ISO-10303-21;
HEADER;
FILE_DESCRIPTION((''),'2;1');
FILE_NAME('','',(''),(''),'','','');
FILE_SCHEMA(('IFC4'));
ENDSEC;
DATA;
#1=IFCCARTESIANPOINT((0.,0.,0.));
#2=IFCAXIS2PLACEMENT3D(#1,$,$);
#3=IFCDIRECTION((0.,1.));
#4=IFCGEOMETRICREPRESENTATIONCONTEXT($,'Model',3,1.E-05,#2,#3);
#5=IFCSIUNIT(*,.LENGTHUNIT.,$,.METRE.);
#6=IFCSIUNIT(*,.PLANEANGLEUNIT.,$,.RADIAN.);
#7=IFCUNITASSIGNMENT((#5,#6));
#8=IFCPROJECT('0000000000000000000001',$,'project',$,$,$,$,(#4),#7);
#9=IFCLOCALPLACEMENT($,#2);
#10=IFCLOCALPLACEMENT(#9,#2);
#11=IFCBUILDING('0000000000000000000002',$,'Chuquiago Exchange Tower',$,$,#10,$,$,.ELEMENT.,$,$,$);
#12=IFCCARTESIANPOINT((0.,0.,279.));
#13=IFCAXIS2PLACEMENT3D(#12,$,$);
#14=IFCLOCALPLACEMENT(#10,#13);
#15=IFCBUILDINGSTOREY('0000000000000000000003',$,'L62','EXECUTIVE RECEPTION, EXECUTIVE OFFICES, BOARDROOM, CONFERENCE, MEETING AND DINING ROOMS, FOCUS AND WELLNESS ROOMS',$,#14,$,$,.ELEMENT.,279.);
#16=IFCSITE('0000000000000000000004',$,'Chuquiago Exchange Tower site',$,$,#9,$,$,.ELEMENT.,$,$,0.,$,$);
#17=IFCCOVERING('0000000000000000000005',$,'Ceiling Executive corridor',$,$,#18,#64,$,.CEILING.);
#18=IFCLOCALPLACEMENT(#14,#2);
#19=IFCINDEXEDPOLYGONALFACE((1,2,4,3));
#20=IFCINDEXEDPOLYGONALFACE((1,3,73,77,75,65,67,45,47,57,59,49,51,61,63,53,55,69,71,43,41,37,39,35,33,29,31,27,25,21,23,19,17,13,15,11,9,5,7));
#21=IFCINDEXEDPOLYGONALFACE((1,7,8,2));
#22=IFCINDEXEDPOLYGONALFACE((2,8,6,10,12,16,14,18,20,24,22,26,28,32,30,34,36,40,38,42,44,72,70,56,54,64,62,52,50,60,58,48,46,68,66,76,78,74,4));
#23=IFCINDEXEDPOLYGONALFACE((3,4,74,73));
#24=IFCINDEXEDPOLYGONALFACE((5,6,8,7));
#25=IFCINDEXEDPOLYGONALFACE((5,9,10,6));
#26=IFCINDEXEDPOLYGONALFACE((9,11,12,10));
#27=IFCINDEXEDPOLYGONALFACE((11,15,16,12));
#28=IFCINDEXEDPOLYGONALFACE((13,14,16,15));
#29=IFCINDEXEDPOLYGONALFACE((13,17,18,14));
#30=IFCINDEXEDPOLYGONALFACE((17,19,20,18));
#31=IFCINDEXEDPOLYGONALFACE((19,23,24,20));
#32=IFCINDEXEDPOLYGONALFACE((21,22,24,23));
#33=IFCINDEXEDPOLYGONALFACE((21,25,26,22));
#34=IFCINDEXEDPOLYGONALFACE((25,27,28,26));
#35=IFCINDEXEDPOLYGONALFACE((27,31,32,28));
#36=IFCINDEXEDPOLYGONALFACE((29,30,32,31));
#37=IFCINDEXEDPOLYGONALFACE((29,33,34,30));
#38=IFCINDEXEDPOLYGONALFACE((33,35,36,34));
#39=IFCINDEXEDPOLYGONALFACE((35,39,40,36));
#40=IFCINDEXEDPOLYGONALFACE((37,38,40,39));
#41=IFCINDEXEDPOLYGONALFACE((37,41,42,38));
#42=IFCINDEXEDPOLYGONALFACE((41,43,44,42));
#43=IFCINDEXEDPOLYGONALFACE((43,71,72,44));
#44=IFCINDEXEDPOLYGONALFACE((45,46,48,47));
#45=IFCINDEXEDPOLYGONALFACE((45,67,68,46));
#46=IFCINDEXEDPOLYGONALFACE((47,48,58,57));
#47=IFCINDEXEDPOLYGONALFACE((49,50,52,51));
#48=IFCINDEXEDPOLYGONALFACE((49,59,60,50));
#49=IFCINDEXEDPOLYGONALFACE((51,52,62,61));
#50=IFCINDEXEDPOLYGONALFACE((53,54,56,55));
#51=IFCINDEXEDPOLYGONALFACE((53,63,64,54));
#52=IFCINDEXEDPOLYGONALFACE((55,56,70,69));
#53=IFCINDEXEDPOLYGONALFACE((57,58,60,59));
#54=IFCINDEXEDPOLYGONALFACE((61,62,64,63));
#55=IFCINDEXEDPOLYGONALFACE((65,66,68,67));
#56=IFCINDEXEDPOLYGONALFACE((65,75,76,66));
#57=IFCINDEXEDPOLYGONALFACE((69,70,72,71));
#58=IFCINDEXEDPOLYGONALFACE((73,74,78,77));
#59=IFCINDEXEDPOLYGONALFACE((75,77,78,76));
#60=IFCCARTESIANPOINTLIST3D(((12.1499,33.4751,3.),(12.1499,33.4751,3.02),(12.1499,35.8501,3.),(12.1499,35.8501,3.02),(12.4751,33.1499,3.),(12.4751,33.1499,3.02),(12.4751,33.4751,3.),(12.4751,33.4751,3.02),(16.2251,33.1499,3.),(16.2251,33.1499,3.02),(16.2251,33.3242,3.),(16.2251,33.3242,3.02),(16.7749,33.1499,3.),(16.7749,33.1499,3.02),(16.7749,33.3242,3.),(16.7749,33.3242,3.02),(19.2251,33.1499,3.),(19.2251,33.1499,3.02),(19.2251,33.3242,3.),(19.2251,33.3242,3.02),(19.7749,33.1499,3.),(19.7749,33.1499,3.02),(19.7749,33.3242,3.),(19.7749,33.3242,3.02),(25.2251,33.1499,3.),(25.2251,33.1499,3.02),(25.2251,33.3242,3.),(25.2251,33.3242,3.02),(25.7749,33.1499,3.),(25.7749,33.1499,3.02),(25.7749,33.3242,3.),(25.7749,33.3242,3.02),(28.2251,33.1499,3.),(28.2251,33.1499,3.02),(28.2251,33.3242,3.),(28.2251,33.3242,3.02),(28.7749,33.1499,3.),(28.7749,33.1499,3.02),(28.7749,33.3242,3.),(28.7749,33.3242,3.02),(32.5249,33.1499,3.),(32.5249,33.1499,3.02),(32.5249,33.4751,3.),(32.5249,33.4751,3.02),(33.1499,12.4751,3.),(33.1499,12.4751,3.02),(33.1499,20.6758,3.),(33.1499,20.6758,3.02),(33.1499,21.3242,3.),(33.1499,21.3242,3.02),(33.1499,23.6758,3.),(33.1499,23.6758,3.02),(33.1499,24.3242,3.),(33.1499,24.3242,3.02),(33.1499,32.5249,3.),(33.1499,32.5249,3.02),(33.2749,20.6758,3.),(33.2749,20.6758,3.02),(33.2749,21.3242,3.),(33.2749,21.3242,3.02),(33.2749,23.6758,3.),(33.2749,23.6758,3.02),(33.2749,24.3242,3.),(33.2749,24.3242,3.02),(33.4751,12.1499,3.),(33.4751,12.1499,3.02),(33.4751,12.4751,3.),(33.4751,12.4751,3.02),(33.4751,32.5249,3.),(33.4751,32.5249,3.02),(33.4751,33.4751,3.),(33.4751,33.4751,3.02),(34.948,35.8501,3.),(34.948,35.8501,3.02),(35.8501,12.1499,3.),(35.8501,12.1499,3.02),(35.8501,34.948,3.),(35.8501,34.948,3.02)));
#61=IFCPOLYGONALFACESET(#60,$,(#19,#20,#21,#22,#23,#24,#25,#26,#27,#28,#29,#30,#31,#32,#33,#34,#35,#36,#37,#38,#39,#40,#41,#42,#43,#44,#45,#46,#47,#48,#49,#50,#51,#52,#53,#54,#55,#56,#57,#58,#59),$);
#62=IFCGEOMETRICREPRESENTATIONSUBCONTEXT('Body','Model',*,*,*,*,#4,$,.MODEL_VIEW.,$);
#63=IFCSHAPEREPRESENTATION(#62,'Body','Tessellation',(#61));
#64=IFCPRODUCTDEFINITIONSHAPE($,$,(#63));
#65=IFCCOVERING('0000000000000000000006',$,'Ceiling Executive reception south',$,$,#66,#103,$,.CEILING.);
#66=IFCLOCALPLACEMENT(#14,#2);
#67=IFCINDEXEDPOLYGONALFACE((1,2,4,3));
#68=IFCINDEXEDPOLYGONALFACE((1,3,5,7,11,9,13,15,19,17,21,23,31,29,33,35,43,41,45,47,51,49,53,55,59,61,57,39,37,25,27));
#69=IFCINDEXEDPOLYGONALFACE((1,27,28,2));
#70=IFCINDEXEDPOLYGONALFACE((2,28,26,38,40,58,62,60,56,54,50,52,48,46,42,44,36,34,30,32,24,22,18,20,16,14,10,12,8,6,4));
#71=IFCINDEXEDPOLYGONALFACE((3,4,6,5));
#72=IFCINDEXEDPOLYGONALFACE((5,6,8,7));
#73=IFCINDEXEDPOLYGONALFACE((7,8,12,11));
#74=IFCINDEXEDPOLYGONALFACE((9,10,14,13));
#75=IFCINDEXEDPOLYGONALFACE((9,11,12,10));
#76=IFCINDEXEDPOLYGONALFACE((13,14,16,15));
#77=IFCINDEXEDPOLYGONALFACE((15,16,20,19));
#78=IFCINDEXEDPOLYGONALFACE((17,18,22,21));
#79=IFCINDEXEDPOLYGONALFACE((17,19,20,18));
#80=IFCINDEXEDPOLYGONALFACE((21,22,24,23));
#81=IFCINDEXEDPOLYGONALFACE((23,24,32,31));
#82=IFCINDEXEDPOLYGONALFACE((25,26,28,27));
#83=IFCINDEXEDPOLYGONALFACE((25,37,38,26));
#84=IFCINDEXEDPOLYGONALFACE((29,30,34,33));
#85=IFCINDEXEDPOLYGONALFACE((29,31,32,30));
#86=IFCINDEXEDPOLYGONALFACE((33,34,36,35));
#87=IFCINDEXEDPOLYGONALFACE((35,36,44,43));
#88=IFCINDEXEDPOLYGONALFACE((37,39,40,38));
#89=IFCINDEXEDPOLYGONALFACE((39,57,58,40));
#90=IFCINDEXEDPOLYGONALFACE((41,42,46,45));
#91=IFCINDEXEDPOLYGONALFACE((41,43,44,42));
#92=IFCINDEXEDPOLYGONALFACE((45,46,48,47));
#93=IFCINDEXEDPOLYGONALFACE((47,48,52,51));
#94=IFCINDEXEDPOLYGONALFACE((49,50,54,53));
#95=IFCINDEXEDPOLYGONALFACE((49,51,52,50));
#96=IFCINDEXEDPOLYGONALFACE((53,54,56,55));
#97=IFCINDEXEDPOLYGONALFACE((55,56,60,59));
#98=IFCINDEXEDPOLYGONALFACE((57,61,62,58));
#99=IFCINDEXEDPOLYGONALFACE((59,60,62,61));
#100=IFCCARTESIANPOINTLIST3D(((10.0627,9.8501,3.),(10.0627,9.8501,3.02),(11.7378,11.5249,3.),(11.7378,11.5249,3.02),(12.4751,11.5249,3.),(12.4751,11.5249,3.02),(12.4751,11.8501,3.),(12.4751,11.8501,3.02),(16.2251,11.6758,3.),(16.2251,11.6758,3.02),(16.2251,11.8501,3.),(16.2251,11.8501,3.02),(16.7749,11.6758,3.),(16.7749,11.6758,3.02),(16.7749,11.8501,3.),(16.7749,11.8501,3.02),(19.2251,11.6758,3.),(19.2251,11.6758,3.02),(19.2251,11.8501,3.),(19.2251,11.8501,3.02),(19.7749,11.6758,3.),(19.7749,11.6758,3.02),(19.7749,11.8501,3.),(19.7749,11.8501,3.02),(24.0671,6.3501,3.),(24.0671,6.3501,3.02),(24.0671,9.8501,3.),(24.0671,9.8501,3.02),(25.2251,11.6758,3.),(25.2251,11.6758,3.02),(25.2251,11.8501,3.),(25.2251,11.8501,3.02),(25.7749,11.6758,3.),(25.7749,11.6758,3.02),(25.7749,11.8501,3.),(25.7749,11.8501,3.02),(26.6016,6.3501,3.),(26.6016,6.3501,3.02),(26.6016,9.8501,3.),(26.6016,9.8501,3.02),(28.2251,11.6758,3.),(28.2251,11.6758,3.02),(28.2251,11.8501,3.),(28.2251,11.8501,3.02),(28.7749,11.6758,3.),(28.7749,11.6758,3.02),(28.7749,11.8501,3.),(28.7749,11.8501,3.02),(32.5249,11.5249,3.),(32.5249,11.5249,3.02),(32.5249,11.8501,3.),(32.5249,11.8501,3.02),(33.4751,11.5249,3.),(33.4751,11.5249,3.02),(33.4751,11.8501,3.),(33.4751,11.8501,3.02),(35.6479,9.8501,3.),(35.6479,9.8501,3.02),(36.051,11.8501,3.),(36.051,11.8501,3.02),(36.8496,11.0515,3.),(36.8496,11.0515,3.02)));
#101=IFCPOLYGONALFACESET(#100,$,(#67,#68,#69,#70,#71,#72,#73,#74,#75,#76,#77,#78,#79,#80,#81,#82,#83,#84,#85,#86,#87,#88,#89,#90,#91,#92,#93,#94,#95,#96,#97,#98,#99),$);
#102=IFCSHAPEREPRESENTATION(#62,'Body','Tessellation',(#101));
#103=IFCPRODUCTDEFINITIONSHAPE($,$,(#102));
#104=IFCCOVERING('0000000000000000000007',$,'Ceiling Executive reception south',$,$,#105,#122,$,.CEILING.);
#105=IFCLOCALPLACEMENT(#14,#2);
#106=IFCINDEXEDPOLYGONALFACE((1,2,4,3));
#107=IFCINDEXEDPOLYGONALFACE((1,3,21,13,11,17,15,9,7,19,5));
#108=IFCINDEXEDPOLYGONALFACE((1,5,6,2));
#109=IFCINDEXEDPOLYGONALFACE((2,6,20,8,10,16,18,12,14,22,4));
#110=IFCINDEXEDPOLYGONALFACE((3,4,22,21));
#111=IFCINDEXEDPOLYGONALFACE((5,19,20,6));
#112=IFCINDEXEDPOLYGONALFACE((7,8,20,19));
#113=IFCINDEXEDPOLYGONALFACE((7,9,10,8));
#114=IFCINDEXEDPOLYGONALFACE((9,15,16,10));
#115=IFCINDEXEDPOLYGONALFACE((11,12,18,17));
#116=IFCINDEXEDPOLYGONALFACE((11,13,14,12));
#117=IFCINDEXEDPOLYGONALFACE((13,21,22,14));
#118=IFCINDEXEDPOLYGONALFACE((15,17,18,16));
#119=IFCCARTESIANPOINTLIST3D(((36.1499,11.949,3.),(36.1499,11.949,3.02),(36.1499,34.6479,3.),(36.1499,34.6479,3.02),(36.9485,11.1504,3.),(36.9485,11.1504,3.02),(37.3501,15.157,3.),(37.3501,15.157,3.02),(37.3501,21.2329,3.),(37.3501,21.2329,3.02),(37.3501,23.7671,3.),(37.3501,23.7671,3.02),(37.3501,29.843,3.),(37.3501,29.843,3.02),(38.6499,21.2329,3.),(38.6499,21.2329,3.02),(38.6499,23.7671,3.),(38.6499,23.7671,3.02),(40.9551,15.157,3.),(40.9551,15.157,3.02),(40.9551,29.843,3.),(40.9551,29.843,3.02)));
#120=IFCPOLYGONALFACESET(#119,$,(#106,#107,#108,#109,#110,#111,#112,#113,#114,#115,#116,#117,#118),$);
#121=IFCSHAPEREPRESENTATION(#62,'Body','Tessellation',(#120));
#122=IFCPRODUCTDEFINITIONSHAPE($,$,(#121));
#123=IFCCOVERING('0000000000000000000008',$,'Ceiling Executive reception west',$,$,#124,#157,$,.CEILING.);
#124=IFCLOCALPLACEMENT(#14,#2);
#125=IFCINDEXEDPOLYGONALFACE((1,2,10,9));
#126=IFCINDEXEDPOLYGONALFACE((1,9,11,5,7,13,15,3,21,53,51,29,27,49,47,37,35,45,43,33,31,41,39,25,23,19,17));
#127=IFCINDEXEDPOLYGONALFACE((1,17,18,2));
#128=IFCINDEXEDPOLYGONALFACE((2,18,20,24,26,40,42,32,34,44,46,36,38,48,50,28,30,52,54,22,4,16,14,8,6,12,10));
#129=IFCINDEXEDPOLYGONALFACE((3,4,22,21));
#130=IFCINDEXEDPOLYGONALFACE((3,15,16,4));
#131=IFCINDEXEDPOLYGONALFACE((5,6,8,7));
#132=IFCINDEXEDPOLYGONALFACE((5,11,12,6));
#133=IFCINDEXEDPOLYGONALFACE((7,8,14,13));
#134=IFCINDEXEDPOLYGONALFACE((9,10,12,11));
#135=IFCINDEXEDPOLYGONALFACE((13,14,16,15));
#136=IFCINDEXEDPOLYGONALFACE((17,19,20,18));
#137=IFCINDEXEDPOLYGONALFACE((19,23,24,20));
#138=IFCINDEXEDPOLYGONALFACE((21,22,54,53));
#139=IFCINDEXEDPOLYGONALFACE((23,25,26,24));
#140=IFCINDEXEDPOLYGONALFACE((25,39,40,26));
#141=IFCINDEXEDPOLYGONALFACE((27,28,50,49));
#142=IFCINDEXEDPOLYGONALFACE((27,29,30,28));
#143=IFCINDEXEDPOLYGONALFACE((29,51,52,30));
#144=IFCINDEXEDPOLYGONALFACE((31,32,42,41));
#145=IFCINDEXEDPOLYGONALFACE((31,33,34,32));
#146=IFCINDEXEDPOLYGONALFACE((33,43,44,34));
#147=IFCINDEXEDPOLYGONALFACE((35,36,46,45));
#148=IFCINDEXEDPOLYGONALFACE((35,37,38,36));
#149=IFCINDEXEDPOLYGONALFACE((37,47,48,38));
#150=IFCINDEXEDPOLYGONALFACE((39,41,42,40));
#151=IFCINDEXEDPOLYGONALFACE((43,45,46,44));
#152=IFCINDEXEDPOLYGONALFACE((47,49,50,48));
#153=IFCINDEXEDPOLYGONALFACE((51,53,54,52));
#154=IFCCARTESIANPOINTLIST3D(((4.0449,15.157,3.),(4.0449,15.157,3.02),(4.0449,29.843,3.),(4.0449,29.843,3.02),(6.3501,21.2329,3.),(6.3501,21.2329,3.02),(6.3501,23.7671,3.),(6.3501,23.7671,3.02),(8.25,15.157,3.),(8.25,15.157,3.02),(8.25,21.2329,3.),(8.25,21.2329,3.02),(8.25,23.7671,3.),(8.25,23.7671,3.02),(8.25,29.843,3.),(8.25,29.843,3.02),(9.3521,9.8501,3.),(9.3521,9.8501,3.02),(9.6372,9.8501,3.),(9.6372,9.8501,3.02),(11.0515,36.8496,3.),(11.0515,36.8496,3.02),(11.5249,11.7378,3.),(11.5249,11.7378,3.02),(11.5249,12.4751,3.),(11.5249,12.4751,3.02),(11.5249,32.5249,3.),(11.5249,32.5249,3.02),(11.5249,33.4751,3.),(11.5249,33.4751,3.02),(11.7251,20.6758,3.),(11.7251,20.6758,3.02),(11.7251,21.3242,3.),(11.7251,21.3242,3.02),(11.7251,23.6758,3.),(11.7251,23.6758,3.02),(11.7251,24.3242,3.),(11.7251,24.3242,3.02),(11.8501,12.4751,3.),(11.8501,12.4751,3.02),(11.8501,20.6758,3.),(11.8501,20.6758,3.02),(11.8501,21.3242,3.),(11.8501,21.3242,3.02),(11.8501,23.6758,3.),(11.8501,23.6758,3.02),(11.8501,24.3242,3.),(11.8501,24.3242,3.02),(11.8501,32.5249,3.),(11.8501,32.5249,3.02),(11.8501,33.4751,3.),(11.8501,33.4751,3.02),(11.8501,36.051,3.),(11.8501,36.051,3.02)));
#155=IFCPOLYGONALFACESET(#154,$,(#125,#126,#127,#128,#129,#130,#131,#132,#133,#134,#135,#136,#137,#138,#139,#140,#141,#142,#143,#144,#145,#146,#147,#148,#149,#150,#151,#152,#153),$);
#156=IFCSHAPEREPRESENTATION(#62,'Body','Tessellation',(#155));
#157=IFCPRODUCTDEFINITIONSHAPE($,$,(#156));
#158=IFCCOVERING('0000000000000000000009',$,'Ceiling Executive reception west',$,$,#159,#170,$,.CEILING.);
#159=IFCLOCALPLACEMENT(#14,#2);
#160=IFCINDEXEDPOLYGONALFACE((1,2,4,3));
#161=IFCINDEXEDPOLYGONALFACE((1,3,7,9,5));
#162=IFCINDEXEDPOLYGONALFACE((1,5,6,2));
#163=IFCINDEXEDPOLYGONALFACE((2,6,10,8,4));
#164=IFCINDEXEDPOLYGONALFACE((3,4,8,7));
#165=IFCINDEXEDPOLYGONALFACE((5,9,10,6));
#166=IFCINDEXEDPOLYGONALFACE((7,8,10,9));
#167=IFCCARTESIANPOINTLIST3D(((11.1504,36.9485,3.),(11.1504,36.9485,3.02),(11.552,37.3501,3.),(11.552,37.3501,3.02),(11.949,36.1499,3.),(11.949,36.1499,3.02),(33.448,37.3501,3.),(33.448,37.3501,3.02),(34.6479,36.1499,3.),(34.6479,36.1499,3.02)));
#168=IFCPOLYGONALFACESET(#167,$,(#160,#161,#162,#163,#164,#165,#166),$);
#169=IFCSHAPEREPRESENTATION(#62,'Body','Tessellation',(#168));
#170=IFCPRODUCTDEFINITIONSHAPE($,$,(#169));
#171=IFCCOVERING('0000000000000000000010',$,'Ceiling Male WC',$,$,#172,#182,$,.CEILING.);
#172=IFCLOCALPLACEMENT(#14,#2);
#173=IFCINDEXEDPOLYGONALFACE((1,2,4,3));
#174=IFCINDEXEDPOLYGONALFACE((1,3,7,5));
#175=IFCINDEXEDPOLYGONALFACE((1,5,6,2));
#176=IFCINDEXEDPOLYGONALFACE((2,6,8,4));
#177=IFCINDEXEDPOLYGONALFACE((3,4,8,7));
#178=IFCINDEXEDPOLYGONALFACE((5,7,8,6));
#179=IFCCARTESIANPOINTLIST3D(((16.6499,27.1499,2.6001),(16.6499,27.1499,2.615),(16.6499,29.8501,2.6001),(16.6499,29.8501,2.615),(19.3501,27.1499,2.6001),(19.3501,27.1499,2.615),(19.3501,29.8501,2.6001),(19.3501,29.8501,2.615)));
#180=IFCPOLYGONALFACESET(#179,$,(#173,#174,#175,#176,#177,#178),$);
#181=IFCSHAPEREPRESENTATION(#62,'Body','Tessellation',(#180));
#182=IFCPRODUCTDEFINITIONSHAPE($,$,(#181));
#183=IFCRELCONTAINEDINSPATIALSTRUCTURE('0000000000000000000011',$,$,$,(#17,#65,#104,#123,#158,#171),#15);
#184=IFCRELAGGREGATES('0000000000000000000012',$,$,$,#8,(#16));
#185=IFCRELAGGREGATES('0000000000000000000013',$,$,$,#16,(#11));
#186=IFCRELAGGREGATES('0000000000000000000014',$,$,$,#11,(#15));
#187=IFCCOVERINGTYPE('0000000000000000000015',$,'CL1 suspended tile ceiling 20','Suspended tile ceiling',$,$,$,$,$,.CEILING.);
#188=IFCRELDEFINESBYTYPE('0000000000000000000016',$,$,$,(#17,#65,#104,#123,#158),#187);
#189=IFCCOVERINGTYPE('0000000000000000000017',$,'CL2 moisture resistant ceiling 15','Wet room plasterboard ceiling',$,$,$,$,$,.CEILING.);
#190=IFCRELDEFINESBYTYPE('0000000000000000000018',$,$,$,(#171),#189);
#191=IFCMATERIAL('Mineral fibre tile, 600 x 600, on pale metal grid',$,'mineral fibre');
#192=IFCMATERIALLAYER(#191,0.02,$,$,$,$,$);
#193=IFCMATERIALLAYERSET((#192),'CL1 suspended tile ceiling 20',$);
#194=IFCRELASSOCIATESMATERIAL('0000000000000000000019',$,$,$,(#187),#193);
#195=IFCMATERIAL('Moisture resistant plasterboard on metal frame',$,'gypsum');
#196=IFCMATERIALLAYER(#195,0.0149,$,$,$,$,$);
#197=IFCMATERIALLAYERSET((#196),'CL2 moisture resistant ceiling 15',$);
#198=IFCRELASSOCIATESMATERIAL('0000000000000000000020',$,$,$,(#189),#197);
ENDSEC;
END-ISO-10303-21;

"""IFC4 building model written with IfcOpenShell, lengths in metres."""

from ifc_helpers import new_model, si_unit, direction, frame, origin, place, context, subcontext, project, spatial, polyline, outline, extrude, material, layer, layer_set, type_object, element, save


model = new_model("IFC4")

# Units and contexts
model_context = context("Model", 3, precision=1e-05, world=origin(), true_north=direction((0.0, 1.0)))
body_context = subcontext(model_context, "Body", "Model", "MODEL_VIEW")
ifc_project = project(units=[si_unit("LENGTHUNIT", "METRE"), si_unit("PLANEANGLEUNIT", "RADIAN")], contexts=[model_context])

# Site, building, storey
site_placement = place(None, origin())
site = spatial("IfcSite", under=ifc_project, at=site_placement, Name="Chuquiago Exchange Tower site", CompositionType="ELEMENT", RefElevation=0.0)
building_placement = place(site_placement, origin())
building = spatial("IfcBuilding", under=site, at=building_placement, Name="Chuquiago Exchange Tower", CompositionType="ELEMENT")
storey_placement = place(building_placement, frame((0.0, 0.0, 279.0)))
storey = spatial("IfcBuildingStorey", under=building, at=storey_placement, Name="L62", Description="EXECUTIVE RECEPTION, EXECUTIVE OFFICES, BOARDROOM, CONFERENCE, MEETING AND DINING ROOMS, FOCUS AND WELLNESS ROOMS", CompositionType="ELEMENT", Elevation=279.0)

# Coverings
ifc_material_1 = material(Name="Mineral fibre tile, 600 x 600, on pale metal grid", Category="mineral fibre")
ifc_layer_1 = layer(ifc_material_1, 0.02)
ifc_layer_set_1 = layer_set([ifc_layer_1], Name="CL1 suspended tile ceiling 20")
covering_type_1 = type_object("IfcCoveringType", Name="CL1 suspended tile ceiling 20", Description="Suspended tile ceiling", PredefinedType="CEILING", material=ifc_layer_set_1)
covering_1_placement = place(storey_placement, frame((0.0, 0.0, 3.0)))
element("IfcCovering", 1, at=covering_1_placement, inside=storey, type_object=covering_type_1, Name="Ceiling Executive corridor", PredefinedType="CEILING", context=body_context, shape_type="SweptSolid", body=[
    extrude(outline(polyline([(35.8501, 12.1499), (33.4751, 12.1499), (33.4751, 12.4751), (33.1499, 12.4751), (33.1499, 20.6758), (33.2749, 20.6758), (33.2749, 21.3242), (33.1499, 21.3242), (33.1499, 23.6758), (33.2749, 23.6758), (33.2749, 24.3242), (33.1499, 24.3242), (33.1499, 32.5249), (33.4751, 32.5249), (33.4751, 33.4751), (32.5249, 33.4751), (32.5249, 33.1499), (28.7749, 33.1499), (28.7749, 33.3242), (28.2251, 33.3242), (28.2251, 33.1499), (25.7749, 33.1499), (25.7749, 33.3242), (25.2251, 33.3242), (25.2251, 33.1499), (19.7749, 33.1499), (19.7749, 33.3242), (19.2251, 33.3242), (19.2251, 33.1499), (16.7749, 33.1499), (16.7749, 33.3242), (16.2251, 33.3242), (16.2251, 33.1499), (12.4751, 33.1499), (12.4751, 33.4751), (12.1499, 33.4751), (12.1499, 35.8501), (34.948, 35.8501), (35.8501, 34.948), (35.8501, 12.1499)])), origin(), (0.0, 0.0, 1.0), 0.02),
])
covering_2_placement = place(storey_placement, frame((0.0, 0.0, 3.0)))
element("IfcCovering", 2, at=covering_2_placement, inside=storey, type_object=covering_type_1, Name="Ceiling Executive reception south", PredefinedType="CEILING", context=body_context, shape_type="SweptSolid", body=[
    extrude(outline(polyline([(16.2251, 11.8501), (16.2251, 11.6758), (16.7749, 11.6758), (16.7749, 11.8501), (19.2251, 11.8501), (19.2251, 11.6758), (19.7749, 11.6758), (19.7749, 11.8501), (25.2251, 11.8501), (25.2251, 11.6758), (25.7749, 11.6758), (25.7749, 11.8501), (28.2251, 11.8501), (28.2251, 11.6758), (28.7749, 11.6758), (28.7749, 11.8501), (32.5249, 11.8501), (32.5249, 11.5249), (33.4751, 11.5249), (33.4751, 11.8501), (36.051, 11.8501), (36.8496, 11.0515), (35.6479, 9.8501), (26.6016, 9.8501), (26.6016, 6.3501), (24.0671, 6.3501), (24.0671, 9.8501), (10.0627, 9.8501), (11.7378, 11.5249), (12.4751, 11.5249), (12.4751, 11.8501), (16.2251, 11.8501)])), origin(), (0.0, 0.0, 1.0), 0.02),
])
covering_3_placement = place(storey_placement, frame((0.0, 0.0, 3.0)))
element("IfcCovering", 3, at=covering_3_placement, inside=storey, type_object=covering_type_1, Name="Ceiling Executive reception south", PredefinedType="CEILING", context=body_context, shape_type="SweptSolid", body=[
    extrude(outline(polyline([(36.1499, 34.6479), (40.9551, 29.843), (37.3501, 29.843), (37.3501, 23.7671), (38.6499, 23.7671), (38.6499, 21.2329), (37.3501, 21.2329), (37.3501, 15.157), (40.9551, 15.157), (36.9485, 11.1504), (36.1499, 11.949), (36.1499, 34.6479)])), origin(), (0.0, 0.0, 1.0), 0.02),
])
covering_4_placement = place(storey_placement, frame((0.0, 0.0, 3.0)))
element("IfcCovering", 4, at=covering_4_placement, inside=storey, type_object=covering_type_1, Name="Ceiling Executive reception west", PredefinedType="CEILING", context=body_context, shape_type="SweptSolid", body=[
    extrude(outline(polyline([(11.0515, 36.8496), (11.8501, 36.051), (11.8501, 33.4751), (11.5249, 33.4751), (11.5249, 32.5249), (11.8501, 32.5249), (11.8501, 24.3242), (11.7251, 24.3242), (11.7251, 23.6758), (11.8501, 23.6758), (11.8501, 21.3242), (11.7251, 21.3242), (11.7251, 20.6758), (11.8501, 20.6758), (11.8501, 12.4751), (11.5249, 12.4751), (11.5249, 11.7378), (9.6372, 9.8501), (9.3521, 9.8501), (4.0449, 15.157), (8.25, 15.157), (8.25, 21.2329), (6.3501, 21.2329), (6.3501, 23.7671), (8.25, 23.7671), (8.25, 29.843), (4.0449, 29.843), (11.0515, 36.8496)])), origin(), (0.0, 0.0, 1.0), 0.02),
])
covering_5_placement = place(storey_placement, frame((0.0, 0.0, 3.0)))
element("IfcCovering", 5, at=covering_5_placement, inside=storey, type_object=covering_type_1, Name="Ceiling Executive reception west", PredefinedType="CEILING", context=body_context, shape_type="SweptSolid", body=[
    extrude(outline(polyline([(11.552, 37.3501), (33.448, 37.3501), (34.6479, 36.1499), (11.949, 36.1499), (11.1504, 36.9485), (11.552, 37.3501)])), origin(), (0.0, 0.0, 1.0), 0.02),
])
ifc_material_2 = material(Name="Moisture resistant plasterboard on metal frame", Category="gypsum")
ifc_layer_2 = layer(ifc_material_2, 0.0149)
ifc_layer_set_2 = layer_set([ifc_layer_2], Name="CL2 moisture resistant ceiling 15")
covering_type_2 = type_object("IfcCoveringType", Name="CL2 moisture resistant ceiling 15", Description="Wet room plasterboard ceiling", PredefinedType="CEILING", material=ifc_layer_set_2)
covering_6_placement = place(storey_placement, frame((0.0, 0.0, 2.6001)))
element("IfcCovering", 6, at=covering_6_placement, inside=storey, type_object=covering_type_2, Name="Ceiling Male WC", PredefinedType="CEILING", context=body_context, shape_type="SweptSolid", body=[
    extrude(outline(polyline([(16.6499, 27.1499), (16.6499, 29.8501), (19.3501, 29.8501), (19.3501, 27.1499), (16.6499, 27.1499)])), origin(), (0.0, 0.0, 1.0), 0.0149),
])

save(model, "model.ifc")
